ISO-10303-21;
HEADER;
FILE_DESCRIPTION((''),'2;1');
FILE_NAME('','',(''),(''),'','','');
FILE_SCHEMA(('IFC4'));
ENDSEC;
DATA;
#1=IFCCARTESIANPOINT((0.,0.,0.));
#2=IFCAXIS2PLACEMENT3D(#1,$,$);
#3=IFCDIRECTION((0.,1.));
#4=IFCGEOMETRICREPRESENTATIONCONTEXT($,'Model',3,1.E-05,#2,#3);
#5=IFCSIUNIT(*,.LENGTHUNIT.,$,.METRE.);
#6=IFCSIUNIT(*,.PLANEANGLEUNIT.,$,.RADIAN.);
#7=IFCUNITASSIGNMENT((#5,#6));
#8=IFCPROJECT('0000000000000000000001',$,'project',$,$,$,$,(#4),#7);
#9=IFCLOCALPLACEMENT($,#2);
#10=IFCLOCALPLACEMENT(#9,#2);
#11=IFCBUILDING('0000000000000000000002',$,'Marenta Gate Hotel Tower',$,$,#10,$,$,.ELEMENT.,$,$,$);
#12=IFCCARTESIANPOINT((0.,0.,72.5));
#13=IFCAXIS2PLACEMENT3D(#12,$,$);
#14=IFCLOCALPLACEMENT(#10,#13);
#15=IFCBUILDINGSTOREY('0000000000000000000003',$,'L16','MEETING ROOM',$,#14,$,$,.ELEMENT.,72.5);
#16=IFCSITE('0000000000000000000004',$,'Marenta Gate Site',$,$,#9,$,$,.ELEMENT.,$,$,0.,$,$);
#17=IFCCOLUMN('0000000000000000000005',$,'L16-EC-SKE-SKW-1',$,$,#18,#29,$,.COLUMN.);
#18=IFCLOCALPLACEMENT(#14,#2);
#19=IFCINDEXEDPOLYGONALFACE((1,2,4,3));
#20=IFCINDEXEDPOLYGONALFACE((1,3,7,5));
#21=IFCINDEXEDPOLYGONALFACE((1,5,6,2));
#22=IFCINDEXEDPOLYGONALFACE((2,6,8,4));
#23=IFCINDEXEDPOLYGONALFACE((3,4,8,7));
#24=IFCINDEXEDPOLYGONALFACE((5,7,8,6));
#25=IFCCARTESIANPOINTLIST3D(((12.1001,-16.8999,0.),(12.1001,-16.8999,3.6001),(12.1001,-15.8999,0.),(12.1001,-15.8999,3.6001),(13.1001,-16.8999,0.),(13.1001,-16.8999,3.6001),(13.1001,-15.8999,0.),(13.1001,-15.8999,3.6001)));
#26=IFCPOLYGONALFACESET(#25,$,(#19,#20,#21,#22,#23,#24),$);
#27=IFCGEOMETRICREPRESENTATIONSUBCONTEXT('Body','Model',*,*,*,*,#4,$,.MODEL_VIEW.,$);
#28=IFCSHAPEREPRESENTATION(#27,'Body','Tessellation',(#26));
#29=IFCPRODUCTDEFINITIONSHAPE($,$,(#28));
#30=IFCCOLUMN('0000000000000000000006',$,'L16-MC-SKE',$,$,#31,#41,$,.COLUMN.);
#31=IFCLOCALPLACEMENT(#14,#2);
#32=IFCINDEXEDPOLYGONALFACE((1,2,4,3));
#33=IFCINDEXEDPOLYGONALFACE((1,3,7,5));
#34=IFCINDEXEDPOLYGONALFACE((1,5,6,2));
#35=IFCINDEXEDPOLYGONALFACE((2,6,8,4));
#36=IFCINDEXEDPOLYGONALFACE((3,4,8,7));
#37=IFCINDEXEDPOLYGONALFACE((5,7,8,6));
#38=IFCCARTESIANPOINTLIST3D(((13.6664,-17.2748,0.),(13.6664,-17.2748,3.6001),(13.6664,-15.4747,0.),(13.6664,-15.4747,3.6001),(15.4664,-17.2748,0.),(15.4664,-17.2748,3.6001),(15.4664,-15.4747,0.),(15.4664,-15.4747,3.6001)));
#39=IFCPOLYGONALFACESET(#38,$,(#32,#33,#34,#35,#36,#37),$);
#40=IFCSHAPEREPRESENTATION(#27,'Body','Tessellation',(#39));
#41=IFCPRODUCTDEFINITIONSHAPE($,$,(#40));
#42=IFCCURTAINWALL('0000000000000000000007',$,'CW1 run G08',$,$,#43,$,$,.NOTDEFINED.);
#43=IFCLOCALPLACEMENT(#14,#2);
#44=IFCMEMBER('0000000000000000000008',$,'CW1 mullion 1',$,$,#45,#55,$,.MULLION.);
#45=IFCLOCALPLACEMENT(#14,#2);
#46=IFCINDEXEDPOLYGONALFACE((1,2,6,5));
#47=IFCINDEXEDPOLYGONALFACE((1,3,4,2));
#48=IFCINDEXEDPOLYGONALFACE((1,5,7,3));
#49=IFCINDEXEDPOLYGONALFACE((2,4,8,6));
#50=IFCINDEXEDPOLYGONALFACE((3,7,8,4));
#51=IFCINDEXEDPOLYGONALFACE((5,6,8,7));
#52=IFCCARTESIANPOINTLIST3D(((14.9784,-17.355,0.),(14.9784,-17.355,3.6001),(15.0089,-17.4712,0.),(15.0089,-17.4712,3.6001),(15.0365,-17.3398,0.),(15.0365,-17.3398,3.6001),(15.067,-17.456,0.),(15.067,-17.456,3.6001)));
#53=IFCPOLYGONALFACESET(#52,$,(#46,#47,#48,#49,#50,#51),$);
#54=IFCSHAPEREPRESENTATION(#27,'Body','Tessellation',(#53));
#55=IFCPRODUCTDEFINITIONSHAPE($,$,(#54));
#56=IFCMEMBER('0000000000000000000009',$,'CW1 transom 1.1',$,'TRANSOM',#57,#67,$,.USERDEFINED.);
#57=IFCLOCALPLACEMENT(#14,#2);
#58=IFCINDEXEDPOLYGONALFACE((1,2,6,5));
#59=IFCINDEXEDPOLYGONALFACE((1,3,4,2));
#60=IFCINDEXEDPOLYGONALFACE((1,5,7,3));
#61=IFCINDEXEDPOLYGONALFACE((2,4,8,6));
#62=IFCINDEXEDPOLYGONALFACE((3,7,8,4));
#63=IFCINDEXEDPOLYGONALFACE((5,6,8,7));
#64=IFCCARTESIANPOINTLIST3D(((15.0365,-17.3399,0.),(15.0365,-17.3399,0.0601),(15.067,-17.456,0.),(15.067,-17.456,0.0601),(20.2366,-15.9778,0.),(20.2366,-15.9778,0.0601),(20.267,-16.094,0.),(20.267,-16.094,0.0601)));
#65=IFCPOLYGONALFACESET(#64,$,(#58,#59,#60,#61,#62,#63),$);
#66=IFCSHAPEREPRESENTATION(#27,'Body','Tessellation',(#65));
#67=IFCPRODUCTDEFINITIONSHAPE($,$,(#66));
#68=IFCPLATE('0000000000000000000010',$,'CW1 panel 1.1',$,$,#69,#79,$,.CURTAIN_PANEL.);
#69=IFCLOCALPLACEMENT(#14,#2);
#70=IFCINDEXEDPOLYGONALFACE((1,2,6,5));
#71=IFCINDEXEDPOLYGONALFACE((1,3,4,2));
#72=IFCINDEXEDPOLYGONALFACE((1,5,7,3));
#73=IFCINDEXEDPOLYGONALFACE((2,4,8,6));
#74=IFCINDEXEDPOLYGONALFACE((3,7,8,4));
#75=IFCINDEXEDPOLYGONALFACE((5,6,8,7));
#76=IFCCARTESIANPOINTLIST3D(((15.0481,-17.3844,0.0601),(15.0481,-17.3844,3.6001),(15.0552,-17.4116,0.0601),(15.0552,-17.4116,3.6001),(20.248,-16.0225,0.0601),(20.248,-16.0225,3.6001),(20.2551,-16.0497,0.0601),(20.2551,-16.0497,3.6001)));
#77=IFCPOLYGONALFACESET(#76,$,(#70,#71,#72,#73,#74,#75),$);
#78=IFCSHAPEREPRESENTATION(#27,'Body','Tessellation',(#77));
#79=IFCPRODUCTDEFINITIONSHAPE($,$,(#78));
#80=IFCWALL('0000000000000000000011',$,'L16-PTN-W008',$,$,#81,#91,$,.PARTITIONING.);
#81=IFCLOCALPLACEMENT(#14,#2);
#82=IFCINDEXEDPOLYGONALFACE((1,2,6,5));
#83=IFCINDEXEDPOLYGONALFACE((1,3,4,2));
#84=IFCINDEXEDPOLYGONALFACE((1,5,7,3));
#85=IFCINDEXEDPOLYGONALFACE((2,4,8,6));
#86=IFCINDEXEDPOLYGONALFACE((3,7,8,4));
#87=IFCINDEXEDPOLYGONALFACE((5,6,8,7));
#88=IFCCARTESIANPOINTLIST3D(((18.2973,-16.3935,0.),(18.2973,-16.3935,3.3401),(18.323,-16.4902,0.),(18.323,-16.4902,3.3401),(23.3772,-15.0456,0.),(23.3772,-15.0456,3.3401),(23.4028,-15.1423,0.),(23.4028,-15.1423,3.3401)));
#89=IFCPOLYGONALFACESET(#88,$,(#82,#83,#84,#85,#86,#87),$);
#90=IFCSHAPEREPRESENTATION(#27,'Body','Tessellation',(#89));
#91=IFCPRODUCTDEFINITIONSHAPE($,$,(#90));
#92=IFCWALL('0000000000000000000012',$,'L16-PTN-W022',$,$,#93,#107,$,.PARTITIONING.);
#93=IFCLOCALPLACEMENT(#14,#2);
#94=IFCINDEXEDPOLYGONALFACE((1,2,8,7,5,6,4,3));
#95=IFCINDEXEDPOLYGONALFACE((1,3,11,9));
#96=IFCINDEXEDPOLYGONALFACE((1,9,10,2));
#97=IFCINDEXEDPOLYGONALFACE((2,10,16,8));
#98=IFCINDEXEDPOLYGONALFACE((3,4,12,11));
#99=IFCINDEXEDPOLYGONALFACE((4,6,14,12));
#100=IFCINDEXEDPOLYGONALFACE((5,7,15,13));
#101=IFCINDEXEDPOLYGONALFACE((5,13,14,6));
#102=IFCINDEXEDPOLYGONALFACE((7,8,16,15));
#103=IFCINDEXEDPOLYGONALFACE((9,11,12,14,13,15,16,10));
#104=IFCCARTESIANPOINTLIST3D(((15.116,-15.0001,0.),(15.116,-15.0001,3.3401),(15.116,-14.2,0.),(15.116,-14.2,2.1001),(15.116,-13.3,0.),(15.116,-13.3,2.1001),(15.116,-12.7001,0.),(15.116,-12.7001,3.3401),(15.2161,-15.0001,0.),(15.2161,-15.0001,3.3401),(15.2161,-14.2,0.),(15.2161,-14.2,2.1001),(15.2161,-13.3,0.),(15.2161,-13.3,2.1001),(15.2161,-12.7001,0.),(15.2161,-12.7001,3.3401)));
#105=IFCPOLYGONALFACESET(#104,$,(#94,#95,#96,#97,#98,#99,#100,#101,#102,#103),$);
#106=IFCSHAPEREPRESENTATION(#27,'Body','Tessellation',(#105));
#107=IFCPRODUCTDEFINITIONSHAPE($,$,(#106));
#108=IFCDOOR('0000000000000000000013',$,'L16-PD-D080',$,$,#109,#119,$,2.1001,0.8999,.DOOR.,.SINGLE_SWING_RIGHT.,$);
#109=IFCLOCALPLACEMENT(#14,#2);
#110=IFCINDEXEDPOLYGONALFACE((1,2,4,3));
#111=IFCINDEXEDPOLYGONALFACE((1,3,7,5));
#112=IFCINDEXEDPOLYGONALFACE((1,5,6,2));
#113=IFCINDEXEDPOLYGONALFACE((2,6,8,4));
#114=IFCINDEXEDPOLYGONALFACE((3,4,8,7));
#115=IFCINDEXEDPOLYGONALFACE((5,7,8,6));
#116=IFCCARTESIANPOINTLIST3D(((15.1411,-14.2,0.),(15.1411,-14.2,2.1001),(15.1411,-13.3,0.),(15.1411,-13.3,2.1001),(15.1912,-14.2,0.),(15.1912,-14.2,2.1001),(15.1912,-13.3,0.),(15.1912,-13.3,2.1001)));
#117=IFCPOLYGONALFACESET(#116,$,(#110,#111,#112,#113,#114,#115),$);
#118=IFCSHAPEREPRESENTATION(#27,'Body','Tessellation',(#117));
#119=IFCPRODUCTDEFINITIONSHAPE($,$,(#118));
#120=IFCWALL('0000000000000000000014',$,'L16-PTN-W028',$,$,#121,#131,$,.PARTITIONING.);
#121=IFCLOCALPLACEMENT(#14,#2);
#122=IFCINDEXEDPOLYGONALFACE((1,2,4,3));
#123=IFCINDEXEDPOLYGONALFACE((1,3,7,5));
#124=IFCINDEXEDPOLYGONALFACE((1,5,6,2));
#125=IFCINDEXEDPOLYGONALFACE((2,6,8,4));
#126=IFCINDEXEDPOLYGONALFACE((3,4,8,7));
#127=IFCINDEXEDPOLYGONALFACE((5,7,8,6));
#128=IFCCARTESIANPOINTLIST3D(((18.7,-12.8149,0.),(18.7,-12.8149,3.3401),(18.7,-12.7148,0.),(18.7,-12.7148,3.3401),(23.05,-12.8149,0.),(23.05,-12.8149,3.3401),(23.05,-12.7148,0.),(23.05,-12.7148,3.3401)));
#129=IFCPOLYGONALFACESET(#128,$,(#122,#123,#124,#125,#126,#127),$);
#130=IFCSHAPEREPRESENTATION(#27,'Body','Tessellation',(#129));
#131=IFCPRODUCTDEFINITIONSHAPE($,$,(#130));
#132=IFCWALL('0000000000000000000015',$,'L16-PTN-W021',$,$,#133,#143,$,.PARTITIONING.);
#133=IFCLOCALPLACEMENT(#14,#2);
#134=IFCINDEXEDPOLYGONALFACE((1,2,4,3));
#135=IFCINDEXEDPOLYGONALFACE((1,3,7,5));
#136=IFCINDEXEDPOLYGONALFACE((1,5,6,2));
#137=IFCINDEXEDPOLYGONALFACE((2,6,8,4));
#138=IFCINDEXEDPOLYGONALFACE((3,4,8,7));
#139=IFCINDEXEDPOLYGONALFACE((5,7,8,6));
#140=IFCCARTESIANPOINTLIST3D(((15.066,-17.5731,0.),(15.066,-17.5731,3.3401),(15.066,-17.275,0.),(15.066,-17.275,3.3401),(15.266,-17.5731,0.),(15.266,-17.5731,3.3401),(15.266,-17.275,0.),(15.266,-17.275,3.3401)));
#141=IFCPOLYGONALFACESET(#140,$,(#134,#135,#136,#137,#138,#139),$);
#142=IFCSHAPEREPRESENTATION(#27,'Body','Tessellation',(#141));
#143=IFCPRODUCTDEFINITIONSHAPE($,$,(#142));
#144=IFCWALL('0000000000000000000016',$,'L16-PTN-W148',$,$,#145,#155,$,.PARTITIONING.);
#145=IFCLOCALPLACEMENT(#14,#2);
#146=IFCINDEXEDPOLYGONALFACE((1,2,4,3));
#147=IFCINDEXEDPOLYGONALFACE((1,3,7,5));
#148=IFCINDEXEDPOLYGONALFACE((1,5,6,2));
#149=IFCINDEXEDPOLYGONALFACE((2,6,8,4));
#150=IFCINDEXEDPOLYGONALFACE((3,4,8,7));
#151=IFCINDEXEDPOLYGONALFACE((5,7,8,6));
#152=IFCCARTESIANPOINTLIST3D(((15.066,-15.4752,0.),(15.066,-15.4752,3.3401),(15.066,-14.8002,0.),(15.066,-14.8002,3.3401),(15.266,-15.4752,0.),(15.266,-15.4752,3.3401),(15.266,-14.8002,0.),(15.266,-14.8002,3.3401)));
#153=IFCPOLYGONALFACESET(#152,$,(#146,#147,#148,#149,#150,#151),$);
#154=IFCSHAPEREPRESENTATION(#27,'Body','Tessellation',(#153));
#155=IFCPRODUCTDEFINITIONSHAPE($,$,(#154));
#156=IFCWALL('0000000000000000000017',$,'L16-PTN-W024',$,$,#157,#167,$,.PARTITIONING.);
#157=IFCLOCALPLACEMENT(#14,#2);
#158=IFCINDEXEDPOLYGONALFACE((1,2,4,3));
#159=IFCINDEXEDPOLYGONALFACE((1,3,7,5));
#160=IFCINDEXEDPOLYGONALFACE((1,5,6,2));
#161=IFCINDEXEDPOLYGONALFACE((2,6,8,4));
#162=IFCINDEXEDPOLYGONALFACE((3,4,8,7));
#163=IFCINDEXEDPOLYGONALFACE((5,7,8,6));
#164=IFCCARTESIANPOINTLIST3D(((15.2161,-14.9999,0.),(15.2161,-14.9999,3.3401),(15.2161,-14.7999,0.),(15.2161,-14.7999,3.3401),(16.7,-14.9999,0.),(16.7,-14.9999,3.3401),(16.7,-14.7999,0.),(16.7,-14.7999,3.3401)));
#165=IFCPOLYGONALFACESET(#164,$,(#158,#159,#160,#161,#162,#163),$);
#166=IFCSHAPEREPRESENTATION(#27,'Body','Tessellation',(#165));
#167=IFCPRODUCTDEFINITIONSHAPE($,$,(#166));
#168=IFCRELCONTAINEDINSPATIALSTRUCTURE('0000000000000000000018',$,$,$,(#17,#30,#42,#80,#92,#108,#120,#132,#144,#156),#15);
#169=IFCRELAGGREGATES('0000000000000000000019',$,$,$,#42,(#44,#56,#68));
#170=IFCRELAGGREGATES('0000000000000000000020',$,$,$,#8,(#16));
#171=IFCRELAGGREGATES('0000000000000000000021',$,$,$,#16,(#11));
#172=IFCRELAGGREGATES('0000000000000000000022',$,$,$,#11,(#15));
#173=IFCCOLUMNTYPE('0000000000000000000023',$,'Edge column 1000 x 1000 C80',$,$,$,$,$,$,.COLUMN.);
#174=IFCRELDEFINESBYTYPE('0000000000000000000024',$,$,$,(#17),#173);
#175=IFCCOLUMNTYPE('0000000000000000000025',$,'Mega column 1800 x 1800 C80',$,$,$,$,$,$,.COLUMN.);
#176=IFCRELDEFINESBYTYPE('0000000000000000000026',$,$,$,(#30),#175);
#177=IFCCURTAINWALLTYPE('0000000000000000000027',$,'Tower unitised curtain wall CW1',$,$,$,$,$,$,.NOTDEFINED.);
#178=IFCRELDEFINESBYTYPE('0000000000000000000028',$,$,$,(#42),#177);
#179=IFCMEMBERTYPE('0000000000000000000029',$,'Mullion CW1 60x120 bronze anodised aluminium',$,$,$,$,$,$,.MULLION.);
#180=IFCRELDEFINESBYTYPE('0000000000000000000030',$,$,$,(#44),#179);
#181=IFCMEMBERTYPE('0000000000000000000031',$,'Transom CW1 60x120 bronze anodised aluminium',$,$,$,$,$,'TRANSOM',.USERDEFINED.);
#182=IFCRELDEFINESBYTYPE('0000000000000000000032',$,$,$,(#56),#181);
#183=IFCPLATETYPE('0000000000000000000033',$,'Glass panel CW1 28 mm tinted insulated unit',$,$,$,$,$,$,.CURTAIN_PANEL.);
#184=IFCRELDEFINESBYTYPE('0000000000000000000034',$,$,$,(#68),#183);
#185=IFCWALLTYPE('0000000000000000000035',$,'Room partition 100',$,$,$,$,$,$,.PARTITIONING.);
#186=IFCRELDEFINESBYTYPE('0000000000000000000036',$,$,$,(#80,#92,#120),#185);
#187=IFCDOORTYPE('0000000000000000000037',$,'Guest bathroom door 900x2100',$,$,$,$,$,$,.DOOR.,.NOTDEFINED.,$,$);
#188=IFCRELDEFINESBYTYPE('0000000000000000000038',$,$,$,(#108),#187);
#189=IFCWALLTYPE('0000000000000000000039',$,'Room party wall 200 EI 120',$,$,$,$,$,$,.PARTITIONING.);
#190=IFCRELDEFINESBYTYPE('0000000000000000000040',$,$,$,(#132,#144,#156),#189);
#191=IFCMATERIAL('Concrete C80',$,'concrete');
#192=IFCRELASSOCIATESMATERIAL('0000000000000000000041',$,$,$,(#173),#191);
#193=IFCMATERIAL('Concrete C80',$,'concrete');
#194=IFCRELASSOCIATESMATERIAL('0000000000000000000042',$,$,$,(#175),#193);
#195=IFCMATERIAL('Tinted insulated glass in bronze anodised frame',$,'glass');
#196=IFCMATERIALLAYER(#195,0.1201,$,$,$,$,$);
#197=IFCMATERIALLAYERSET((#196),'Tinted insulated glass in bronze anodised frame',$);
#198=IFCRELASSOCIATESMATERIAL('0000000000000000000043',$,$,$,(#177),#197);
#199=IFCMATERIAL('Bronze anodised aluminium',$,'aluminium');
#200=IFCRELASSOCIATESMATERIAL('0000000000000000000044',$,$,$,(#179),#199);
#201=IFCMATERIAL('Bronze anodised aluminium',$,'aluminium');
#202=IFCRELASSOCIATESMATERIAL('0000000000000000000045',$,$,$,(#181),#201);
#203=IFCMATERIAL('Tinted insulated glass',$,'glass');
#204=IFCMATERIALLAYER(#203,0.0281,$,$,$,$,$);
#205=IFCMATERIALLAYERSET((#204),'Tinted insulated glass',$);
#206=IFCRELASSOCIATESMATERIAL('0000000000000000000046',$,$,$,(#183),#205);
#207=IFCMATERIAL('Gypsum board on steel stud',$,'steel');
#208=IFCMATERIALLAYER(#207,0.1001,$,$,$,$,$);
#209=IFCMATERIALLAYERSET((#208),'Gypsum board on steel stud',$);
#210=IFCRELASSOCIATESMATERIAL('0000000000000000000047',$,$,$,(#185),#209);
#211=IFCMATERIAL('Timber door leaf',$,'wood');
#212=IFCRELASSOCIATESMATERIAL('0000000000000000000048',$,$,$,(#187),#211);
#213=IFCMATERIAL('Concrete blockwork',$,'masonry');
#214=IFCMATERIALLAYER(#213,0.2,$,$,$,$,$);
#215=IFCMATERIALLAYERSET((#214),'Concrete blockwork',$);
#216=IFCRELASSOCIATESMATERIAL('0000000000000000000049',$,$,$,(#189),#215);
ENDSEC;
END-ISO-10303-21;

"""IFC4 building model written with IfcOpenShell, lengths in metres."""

from ifc_helpers import new_model, si_unit, direction, frame, frame_2d, origin, origin_2d, place, context, subcontext, project, spatial, rectangle, extrude, material, layer, layer_set, material_profile, profile_set, type_object, element, fill, aggregate, save


model = new_model("IFC4")

# Units and contexts
model_context = context("Model", 3, precision=1e-05, world=origin(), true_north=direction((0.0, 1.0)))
body_context = subcontext(model_context, "Body", "Model", "MODEL_VIEW")
ifc_project = project(units=[si_unit("LENGTHUNIT", "METRE"), si_unit("PLANEANGLEUNIT", "RADIAN")], contexts=[model_context])

# Site, building, storey
site_placement = place(None, origin())
site = spatial("IfcSite", under=ifc_project, at=site_placement, Name="Marenta Gate Site", CompositionType="ELEMENT", RefElevation=0.0)
building_placement = place(site_placement, origin())
building = spatial("IfcBuilding", under=site, at=building_placement, Name="Marenta Gate Hotel Tower", CompositionType="ELEMENT")
storey_placement = place(building_placement, frame((0.0, 0.0, 72.5)))
storey = spatial("IfcBuildingStorey", under=building, at=storey_placement, Name="L16", Description="MEETING ROOM", CompositionType="ELEMENT", Elevation=72.5)

# Columns
ifc_material_1 = material(Name="Concrete C80", Category="concrete")
ifc_material_profile_1 = material_profile(ifc_material_1, rectangle(XDim=1.0, YDim=1.0, at=origin_2d()), Name="1000 x 1000")
ifc_profile_set_1 = profile_set([ifc_material_profile_1], Name="Concrete C80")
column_type_1 = type_object("IfcColumnType", Name="Edge column 1000 x 1000 C80", PredefinedType="COLUMN", material=ifc_profile_set_1)
column_1_placement = place(storey_placement, frame((12.6001, -16.3999, 0.0), z_axis=(0.0, 0.0, 1.0), x_axis=(1.0, 0.0, 0.0)))
element("IfcColumn", 1, at=column_1_placement, inside=storey, type_object=column_type_1, Name="L16-EC-SKE-SKW-1", PredefinedType="COLUMN", context=body_context, shape_type="SweptSolid", body=[
    extrude(rectangle(XDim=1.0, YDim=1.0, at=origin_2d()), origin(), (0.0, 0.0, 1.0), 3.6001),
])
ifc_material_2 = material(Name="Concrete C80", Category="concrete")
ifc_material_profile_2 = material_profile(ifc_material_2, rectangle(XDim=1.8, YDim=1.8, at=origin_2d()), Name="1800 x 1800")
ifc_profile_set_2 = profile_set([ifc_material_profile_2], Name="Concrete C80")
column_type_2 = type_object("IfcColumnType", Name="Mega column 1800 x 1800 C80", PredefinedType="COLUMN", material=ifc_profile_set_2)
column_2_placement = place(storey_placement, frame((14.5664, -16.3748, 0.0), z_axis=(0.0, 0.0, 1.0), x_axis=(1.0, 0.0, 0.0)))
element("IfcColumn", 2, at=column_2_placement, inside=storey, type_object=column_type_2, Name="L16-MC-SKE", PredefinedType="COLUMN", context=body_context, shape_type="SweptSolid", body=[
    extrude(rectangle(XDim=1.8, YDim=1.8, at=origin_2d()), origin(), (0.0, 0.0, 1.0), 3.6001),
])

# Curtain wall, members, plate
ifc_material_3 = material(Name="Tinted insulated glass in bronze anodised frame", Category="glass")
ifc_layer_1 = layer(ifc_material_3, 0.1201)
ifc_layer_set_1 = layer_set([ifc_layer_1], Name="Tinted insulated glass in bronze anodised frame")
curtain_wall_type = type_object("IfcCurtainWallType", Name="Tower unitised curtain wall CW1", PredefinedType="NOTDEFINED", material=ifc_layer_set_1)
curtain_wall_placement = place(storey_placement, origin())
curtain_wall = element("IfcCurtainWall", 3, at=curtain_wall_placement, inside=storey, type_object=curtain_wall_type, Name="CW1 run G08", PredefinedType="NOTDEFINED")
ifc_material_4 = material(Name="Bronze anodised aluminium", Category="aluminium")
ifc_material_profile_3 = material_profile(ifc_material_4, rectangle(XDim=0.1201, YDim=0.0601, at=origin_2d()), Name="Mullion CW1 60x120 bronze anodised aluminium")
ifc_profile_set_3 = profile_set([ifc_material_profile_3], Name="Bronze anodised aluminium")
member_type_1 = type_object("IfcMemberType", Name="Mullion CW1 60x120 bronze anodised aluminium", PredefinedType="MULLION", material=ifc_profile_set_3)
member_1_placement = place(storey_placement, frame((15.0227, -17.4055, 0.0), z_axis=(0.0, 0.0, 1.0), x_axis=(-0.253372, 0.967369, 0.0)))
member_1 = element("IfcMember", 4, at=member_1_placement, type_object=member_type_1, Name="CW1 mullion 1", PredefinedType="MULLION", context=body_context, shape_type="SweptSolid", body=[
    extrude(rectangle(XDim=0.1201, YDim=0.0601, at=origin_2d()), origin(), (0.0, 0.0, 1.0), 3.6001),
])
ifc_material_5 = material(Name="Bronze anodised aluminium", Category="aluminium")
ifc_material_profile_4 = material_profile(ifc_material_5, rectangle(XDim=0.1201, YDim=0.0601, at=origin_2d()), Name="Transom CW1 60x120 bronze anodised aluminium")
ifc_profile_set_4 = profile_set([ifc_material_profile_4], Name="Bronze anodised aluminium")
member_type_2 = type_object("IfcMemberType", Name="Transom CW1 60x120 bronze anodised aluminium", ElementType="TRANSOM", PredefinedType="USERDEFINED", material=ifc_profile_set_4)
member_2_placement = place(storey_placement, frame((15.0518, -17.3979, 0.03), z_axis=(0.967365, 0.253389, 0.0), x_axis=(-0.253389, 0.967365, 0.0)))
member_2 = element("IfcMember", 5, at=member_2_placement, type_object=member_type_2, Name="CW1 transom 1.1", ObjectType="TRANSOM", PredefinedType="USERDEFINED", context=body_context, shape_type="SweptSolid", body=[
    extrude(rectangle(XDim=0.1201, YDim=0.0601, at=origin_2d()), origin(), (0.0, 0.0, 1.0), 5.3755),
])
ifc_material_6 = material(Name="Tinted insulated glass", Category="glass")
ifc_layer_2 = layer(ifc_material_6, 0.0281)
ifc_layer_set_2 = layer_set([ifc_layer_2], Name="Tinted insulated glass")
plate_type = type_object("IfcPlateType", Name="Glass panel CW1 28 mm tinted insulated unit", PredefinedType="CURTAIN_PANEL", material=ifc_layer_set_2)
plate_placement = place(storey_placement, frame((17.6516, -16.717, 0.0601), z_axis=(0.0, 0.0, 1.0), x_axis=(0.967369, 0.253372, 0.0)))
plate = element("IfcPlate", 6, at=plate_placement, type_object=plate_type, Name="CW1 panel 1.1", PredefinedType="CURTAIN_PANEL", context=body_context, shape_type="SweptSolid", body=[
    extrude(rectangle(XDim=5.3752, YDim=0.0281, at=origin_2d()), origin(), (0.0, 0.0, 1.0), 3.54),
])
aggregate(curtain_wall, [member_1, member_2, plate])

# Wall
ifc_material_7 = material(Name="Gypsum board on steel stud", Category="steel")
ifc_layer_3 = layer(ifc_material_7, 0.1001)
ifc_layer_set_3 = layer_set([ifc_layer_3], Name="Gypsum board on steel stud")
wall_type_1 = type_object("IfcWallType", Name="Room partition 100", PredefinedType="PARTITIONING", material=ifc_layer_set_3)
wall_1_placement = place(storey_placement, frame((18.3101, -16.4419, 0.0), z_axis=(0.0, 0.0, 1.0), x_axis=(0.966553, 0.256468, 0.0)))
element("IfcWall", 7, at=wall_1_placement, inside=storey, type_object=wall_type_1, Name="L16-PTN-W008", PredefinedType="PARTITIONING", context=body_context, shape_type="SweptSolid", body=[
    extrude(rectangle(XDim=5.2556, YDim=0.1001, at=frame_2d((2.6279, 0.0))), origin(), (0.0, 0.0, 1.0), 3.3401),
])

# Wall, opening, door
wall_2_placement = place(storey_placement, frame((15.166, -15.0, 0.0), z_axis=(0.0, 0.0, 1.0), x_axis=(0.0, 1.0, 0.0)))
wall_2 = element("IfcWall", 8, at=wall_2_placement, inside=storey, type_object=wall_type_1, Name="L16-PTN-W022", PredefinedType="PARTITIONING", context=body_context, shape_type="SweptSolid", body=[
    extrude(rectangle(XDim=2.3, YDim=0.1001, at=frame_2d((1.1499, 0.0))), origin(), (0.0, 0.0, 1.0), 3.3401),
])
opening_1_placement = place(wall_2_placement, frame((0.8, 0.0, 0.0)))
opening_1 = element("IfcOpeningElement", 9, at=opening_1_placement, cuts=wall_2, PredefinedType="OPENING", context=body_context, shape_type="SweptSolid", body=[
    extrude(rectangle(XDim=0.8999, YDim=2.1001, at=frame_2d((0.45, 1.05))), frame((0.0, 0.05, 0.0), z_axis=(0.0, -1.0, 0.0), x_axis=(1.0, 0.0, 0.0)), (0.0, 0.0, 1.0), 0.1001),
])
ifc_material_8 = material(Name="Timber door leaf", Category="wood")
door_type_1 = type_object("IfcDoorType", Name="Guest bathroom door 900x2100", OperationType="NOTDEFINED", PredefinedType="DOOR", material=ifc_material_8)
door_1_placement = place(opening_1_placement, origin())
door_1 = element("IfcDoor", 10, at=door_1_placement, inside=storey, type_object=door_type_1, Name="L16-PD-D080", OperationType="SINGLE_SWING_RIGHT", OverallHeight=2.1001, OverallWidth=0.8999, PredefinedType="DOOR", context=body_context, shape_type="SweptSolid", body=[
    extrude(rectangle(XDim=0.8999, YDim=2.1001, at=frame_2d((0.45, 1.05))), frame((0.0, 0.0249, 0.0), z_axis=(0.0, -1.0, 0.0), x_axis=(1.0, 0.0, 0.0)), (0.0, 0.0, 1.0), 0.05),
])
fill(opening_1, door_1)

# Walls
wall_3_placement = place(storey_placement, frame((18.7, -12.7649, 0.0), z_axis=(0.0, 0.0, 1.0), x_axis=(1.0, 0.0, 0.0)))
element("IfcWall", 11, at=wall_3_placement, inside=storey, type_object=wall_type_1, Name="L16-PTN-W028", PredefinedType="PARTITIONING", context=body_context, shape_type="SweptSolid", body=[
    extrude(rectangle(XDim=4.3501, YDim=0.1001, at=frame_2d((2.175, 0.0))), origin(), (0.0, 0.0, 1.0), 3.3401),
])
ifc_material_9 = material(Name="Concrete blockwork", Category="masonry")
ifc_layer_4 = layer(ifc_material_9, 0.2)
ifc_layer_set_4 = layer_set([ifc_layer_4], Name="Concrete blockwork")
wall_type_2 = type_object("IfcWallType", Name="Room party wall 200 EI 120", PredefinedType="PARTITIONING", material=ifc_layer_set_4)
wall_4_placement = place(storey_placement, frame((15.166, -17.573, 0.0), z_axis=(0.0, 0.0, 1.0), x_axis=(0.0, 1.0, 0.0)))
element("IfcWall", 12, at=wall_4_placement, inside=storey, type_object=wall_type_2, Name="L16-PTN-W021", PredefinedType="PARTITIONING", context=body_context, shape_type="SweptSolid", body=[
    extrude(rectangle(XDim=0.2981, YDim=0.2, at=frame_2d((0.1489, 0.0))), origin(), (0.0, 0.0, 1.0), 3.3401),
])
wall_5_placement = place(storey_placement, frame((15.166, -15.4751, 0.0), z_axis=(0.0, 0.0, 1.0), x_axis=(0.0, 1.0, 0.0)))
element("IfcWall", 13, at=wall_5_placement, inside=storey, type_object=wall_type_2, Name="L16-PTN-W148", PredefinedType="PARTITIONING", context=body_context, shape_type="SweptSolid", body=[
    extrude(rectangle(XDim=0.675, YDim=0.2, at=frame_2d((0.3374, 0.0))), origin(), (0.0, 0.0, 1.0), 3.3401),
])
wall_6_placement = place(storey_placement, frame((15.2161, -14.8999, 0.0), z_axis=(0.0, 0.0, 1.0), x_axis=(1.0, 0.0, 0.0)))
element("IfcWall", 14, at=wall_6_placement, inside=storey, type_object=wall_type_2, Name="L16-PTN-W024", PredefinedType="PARTITIONING", context=body_context, shape_type="SweptSolid", body=[
    extrude(rectangle(XDim=1.4839, YDim=0.2, at=frame_2d((0.7419, 0.0))), origin(), (0.0, 0.0, 1.0), 3.3401),
])

save(model, "model.ifc")
